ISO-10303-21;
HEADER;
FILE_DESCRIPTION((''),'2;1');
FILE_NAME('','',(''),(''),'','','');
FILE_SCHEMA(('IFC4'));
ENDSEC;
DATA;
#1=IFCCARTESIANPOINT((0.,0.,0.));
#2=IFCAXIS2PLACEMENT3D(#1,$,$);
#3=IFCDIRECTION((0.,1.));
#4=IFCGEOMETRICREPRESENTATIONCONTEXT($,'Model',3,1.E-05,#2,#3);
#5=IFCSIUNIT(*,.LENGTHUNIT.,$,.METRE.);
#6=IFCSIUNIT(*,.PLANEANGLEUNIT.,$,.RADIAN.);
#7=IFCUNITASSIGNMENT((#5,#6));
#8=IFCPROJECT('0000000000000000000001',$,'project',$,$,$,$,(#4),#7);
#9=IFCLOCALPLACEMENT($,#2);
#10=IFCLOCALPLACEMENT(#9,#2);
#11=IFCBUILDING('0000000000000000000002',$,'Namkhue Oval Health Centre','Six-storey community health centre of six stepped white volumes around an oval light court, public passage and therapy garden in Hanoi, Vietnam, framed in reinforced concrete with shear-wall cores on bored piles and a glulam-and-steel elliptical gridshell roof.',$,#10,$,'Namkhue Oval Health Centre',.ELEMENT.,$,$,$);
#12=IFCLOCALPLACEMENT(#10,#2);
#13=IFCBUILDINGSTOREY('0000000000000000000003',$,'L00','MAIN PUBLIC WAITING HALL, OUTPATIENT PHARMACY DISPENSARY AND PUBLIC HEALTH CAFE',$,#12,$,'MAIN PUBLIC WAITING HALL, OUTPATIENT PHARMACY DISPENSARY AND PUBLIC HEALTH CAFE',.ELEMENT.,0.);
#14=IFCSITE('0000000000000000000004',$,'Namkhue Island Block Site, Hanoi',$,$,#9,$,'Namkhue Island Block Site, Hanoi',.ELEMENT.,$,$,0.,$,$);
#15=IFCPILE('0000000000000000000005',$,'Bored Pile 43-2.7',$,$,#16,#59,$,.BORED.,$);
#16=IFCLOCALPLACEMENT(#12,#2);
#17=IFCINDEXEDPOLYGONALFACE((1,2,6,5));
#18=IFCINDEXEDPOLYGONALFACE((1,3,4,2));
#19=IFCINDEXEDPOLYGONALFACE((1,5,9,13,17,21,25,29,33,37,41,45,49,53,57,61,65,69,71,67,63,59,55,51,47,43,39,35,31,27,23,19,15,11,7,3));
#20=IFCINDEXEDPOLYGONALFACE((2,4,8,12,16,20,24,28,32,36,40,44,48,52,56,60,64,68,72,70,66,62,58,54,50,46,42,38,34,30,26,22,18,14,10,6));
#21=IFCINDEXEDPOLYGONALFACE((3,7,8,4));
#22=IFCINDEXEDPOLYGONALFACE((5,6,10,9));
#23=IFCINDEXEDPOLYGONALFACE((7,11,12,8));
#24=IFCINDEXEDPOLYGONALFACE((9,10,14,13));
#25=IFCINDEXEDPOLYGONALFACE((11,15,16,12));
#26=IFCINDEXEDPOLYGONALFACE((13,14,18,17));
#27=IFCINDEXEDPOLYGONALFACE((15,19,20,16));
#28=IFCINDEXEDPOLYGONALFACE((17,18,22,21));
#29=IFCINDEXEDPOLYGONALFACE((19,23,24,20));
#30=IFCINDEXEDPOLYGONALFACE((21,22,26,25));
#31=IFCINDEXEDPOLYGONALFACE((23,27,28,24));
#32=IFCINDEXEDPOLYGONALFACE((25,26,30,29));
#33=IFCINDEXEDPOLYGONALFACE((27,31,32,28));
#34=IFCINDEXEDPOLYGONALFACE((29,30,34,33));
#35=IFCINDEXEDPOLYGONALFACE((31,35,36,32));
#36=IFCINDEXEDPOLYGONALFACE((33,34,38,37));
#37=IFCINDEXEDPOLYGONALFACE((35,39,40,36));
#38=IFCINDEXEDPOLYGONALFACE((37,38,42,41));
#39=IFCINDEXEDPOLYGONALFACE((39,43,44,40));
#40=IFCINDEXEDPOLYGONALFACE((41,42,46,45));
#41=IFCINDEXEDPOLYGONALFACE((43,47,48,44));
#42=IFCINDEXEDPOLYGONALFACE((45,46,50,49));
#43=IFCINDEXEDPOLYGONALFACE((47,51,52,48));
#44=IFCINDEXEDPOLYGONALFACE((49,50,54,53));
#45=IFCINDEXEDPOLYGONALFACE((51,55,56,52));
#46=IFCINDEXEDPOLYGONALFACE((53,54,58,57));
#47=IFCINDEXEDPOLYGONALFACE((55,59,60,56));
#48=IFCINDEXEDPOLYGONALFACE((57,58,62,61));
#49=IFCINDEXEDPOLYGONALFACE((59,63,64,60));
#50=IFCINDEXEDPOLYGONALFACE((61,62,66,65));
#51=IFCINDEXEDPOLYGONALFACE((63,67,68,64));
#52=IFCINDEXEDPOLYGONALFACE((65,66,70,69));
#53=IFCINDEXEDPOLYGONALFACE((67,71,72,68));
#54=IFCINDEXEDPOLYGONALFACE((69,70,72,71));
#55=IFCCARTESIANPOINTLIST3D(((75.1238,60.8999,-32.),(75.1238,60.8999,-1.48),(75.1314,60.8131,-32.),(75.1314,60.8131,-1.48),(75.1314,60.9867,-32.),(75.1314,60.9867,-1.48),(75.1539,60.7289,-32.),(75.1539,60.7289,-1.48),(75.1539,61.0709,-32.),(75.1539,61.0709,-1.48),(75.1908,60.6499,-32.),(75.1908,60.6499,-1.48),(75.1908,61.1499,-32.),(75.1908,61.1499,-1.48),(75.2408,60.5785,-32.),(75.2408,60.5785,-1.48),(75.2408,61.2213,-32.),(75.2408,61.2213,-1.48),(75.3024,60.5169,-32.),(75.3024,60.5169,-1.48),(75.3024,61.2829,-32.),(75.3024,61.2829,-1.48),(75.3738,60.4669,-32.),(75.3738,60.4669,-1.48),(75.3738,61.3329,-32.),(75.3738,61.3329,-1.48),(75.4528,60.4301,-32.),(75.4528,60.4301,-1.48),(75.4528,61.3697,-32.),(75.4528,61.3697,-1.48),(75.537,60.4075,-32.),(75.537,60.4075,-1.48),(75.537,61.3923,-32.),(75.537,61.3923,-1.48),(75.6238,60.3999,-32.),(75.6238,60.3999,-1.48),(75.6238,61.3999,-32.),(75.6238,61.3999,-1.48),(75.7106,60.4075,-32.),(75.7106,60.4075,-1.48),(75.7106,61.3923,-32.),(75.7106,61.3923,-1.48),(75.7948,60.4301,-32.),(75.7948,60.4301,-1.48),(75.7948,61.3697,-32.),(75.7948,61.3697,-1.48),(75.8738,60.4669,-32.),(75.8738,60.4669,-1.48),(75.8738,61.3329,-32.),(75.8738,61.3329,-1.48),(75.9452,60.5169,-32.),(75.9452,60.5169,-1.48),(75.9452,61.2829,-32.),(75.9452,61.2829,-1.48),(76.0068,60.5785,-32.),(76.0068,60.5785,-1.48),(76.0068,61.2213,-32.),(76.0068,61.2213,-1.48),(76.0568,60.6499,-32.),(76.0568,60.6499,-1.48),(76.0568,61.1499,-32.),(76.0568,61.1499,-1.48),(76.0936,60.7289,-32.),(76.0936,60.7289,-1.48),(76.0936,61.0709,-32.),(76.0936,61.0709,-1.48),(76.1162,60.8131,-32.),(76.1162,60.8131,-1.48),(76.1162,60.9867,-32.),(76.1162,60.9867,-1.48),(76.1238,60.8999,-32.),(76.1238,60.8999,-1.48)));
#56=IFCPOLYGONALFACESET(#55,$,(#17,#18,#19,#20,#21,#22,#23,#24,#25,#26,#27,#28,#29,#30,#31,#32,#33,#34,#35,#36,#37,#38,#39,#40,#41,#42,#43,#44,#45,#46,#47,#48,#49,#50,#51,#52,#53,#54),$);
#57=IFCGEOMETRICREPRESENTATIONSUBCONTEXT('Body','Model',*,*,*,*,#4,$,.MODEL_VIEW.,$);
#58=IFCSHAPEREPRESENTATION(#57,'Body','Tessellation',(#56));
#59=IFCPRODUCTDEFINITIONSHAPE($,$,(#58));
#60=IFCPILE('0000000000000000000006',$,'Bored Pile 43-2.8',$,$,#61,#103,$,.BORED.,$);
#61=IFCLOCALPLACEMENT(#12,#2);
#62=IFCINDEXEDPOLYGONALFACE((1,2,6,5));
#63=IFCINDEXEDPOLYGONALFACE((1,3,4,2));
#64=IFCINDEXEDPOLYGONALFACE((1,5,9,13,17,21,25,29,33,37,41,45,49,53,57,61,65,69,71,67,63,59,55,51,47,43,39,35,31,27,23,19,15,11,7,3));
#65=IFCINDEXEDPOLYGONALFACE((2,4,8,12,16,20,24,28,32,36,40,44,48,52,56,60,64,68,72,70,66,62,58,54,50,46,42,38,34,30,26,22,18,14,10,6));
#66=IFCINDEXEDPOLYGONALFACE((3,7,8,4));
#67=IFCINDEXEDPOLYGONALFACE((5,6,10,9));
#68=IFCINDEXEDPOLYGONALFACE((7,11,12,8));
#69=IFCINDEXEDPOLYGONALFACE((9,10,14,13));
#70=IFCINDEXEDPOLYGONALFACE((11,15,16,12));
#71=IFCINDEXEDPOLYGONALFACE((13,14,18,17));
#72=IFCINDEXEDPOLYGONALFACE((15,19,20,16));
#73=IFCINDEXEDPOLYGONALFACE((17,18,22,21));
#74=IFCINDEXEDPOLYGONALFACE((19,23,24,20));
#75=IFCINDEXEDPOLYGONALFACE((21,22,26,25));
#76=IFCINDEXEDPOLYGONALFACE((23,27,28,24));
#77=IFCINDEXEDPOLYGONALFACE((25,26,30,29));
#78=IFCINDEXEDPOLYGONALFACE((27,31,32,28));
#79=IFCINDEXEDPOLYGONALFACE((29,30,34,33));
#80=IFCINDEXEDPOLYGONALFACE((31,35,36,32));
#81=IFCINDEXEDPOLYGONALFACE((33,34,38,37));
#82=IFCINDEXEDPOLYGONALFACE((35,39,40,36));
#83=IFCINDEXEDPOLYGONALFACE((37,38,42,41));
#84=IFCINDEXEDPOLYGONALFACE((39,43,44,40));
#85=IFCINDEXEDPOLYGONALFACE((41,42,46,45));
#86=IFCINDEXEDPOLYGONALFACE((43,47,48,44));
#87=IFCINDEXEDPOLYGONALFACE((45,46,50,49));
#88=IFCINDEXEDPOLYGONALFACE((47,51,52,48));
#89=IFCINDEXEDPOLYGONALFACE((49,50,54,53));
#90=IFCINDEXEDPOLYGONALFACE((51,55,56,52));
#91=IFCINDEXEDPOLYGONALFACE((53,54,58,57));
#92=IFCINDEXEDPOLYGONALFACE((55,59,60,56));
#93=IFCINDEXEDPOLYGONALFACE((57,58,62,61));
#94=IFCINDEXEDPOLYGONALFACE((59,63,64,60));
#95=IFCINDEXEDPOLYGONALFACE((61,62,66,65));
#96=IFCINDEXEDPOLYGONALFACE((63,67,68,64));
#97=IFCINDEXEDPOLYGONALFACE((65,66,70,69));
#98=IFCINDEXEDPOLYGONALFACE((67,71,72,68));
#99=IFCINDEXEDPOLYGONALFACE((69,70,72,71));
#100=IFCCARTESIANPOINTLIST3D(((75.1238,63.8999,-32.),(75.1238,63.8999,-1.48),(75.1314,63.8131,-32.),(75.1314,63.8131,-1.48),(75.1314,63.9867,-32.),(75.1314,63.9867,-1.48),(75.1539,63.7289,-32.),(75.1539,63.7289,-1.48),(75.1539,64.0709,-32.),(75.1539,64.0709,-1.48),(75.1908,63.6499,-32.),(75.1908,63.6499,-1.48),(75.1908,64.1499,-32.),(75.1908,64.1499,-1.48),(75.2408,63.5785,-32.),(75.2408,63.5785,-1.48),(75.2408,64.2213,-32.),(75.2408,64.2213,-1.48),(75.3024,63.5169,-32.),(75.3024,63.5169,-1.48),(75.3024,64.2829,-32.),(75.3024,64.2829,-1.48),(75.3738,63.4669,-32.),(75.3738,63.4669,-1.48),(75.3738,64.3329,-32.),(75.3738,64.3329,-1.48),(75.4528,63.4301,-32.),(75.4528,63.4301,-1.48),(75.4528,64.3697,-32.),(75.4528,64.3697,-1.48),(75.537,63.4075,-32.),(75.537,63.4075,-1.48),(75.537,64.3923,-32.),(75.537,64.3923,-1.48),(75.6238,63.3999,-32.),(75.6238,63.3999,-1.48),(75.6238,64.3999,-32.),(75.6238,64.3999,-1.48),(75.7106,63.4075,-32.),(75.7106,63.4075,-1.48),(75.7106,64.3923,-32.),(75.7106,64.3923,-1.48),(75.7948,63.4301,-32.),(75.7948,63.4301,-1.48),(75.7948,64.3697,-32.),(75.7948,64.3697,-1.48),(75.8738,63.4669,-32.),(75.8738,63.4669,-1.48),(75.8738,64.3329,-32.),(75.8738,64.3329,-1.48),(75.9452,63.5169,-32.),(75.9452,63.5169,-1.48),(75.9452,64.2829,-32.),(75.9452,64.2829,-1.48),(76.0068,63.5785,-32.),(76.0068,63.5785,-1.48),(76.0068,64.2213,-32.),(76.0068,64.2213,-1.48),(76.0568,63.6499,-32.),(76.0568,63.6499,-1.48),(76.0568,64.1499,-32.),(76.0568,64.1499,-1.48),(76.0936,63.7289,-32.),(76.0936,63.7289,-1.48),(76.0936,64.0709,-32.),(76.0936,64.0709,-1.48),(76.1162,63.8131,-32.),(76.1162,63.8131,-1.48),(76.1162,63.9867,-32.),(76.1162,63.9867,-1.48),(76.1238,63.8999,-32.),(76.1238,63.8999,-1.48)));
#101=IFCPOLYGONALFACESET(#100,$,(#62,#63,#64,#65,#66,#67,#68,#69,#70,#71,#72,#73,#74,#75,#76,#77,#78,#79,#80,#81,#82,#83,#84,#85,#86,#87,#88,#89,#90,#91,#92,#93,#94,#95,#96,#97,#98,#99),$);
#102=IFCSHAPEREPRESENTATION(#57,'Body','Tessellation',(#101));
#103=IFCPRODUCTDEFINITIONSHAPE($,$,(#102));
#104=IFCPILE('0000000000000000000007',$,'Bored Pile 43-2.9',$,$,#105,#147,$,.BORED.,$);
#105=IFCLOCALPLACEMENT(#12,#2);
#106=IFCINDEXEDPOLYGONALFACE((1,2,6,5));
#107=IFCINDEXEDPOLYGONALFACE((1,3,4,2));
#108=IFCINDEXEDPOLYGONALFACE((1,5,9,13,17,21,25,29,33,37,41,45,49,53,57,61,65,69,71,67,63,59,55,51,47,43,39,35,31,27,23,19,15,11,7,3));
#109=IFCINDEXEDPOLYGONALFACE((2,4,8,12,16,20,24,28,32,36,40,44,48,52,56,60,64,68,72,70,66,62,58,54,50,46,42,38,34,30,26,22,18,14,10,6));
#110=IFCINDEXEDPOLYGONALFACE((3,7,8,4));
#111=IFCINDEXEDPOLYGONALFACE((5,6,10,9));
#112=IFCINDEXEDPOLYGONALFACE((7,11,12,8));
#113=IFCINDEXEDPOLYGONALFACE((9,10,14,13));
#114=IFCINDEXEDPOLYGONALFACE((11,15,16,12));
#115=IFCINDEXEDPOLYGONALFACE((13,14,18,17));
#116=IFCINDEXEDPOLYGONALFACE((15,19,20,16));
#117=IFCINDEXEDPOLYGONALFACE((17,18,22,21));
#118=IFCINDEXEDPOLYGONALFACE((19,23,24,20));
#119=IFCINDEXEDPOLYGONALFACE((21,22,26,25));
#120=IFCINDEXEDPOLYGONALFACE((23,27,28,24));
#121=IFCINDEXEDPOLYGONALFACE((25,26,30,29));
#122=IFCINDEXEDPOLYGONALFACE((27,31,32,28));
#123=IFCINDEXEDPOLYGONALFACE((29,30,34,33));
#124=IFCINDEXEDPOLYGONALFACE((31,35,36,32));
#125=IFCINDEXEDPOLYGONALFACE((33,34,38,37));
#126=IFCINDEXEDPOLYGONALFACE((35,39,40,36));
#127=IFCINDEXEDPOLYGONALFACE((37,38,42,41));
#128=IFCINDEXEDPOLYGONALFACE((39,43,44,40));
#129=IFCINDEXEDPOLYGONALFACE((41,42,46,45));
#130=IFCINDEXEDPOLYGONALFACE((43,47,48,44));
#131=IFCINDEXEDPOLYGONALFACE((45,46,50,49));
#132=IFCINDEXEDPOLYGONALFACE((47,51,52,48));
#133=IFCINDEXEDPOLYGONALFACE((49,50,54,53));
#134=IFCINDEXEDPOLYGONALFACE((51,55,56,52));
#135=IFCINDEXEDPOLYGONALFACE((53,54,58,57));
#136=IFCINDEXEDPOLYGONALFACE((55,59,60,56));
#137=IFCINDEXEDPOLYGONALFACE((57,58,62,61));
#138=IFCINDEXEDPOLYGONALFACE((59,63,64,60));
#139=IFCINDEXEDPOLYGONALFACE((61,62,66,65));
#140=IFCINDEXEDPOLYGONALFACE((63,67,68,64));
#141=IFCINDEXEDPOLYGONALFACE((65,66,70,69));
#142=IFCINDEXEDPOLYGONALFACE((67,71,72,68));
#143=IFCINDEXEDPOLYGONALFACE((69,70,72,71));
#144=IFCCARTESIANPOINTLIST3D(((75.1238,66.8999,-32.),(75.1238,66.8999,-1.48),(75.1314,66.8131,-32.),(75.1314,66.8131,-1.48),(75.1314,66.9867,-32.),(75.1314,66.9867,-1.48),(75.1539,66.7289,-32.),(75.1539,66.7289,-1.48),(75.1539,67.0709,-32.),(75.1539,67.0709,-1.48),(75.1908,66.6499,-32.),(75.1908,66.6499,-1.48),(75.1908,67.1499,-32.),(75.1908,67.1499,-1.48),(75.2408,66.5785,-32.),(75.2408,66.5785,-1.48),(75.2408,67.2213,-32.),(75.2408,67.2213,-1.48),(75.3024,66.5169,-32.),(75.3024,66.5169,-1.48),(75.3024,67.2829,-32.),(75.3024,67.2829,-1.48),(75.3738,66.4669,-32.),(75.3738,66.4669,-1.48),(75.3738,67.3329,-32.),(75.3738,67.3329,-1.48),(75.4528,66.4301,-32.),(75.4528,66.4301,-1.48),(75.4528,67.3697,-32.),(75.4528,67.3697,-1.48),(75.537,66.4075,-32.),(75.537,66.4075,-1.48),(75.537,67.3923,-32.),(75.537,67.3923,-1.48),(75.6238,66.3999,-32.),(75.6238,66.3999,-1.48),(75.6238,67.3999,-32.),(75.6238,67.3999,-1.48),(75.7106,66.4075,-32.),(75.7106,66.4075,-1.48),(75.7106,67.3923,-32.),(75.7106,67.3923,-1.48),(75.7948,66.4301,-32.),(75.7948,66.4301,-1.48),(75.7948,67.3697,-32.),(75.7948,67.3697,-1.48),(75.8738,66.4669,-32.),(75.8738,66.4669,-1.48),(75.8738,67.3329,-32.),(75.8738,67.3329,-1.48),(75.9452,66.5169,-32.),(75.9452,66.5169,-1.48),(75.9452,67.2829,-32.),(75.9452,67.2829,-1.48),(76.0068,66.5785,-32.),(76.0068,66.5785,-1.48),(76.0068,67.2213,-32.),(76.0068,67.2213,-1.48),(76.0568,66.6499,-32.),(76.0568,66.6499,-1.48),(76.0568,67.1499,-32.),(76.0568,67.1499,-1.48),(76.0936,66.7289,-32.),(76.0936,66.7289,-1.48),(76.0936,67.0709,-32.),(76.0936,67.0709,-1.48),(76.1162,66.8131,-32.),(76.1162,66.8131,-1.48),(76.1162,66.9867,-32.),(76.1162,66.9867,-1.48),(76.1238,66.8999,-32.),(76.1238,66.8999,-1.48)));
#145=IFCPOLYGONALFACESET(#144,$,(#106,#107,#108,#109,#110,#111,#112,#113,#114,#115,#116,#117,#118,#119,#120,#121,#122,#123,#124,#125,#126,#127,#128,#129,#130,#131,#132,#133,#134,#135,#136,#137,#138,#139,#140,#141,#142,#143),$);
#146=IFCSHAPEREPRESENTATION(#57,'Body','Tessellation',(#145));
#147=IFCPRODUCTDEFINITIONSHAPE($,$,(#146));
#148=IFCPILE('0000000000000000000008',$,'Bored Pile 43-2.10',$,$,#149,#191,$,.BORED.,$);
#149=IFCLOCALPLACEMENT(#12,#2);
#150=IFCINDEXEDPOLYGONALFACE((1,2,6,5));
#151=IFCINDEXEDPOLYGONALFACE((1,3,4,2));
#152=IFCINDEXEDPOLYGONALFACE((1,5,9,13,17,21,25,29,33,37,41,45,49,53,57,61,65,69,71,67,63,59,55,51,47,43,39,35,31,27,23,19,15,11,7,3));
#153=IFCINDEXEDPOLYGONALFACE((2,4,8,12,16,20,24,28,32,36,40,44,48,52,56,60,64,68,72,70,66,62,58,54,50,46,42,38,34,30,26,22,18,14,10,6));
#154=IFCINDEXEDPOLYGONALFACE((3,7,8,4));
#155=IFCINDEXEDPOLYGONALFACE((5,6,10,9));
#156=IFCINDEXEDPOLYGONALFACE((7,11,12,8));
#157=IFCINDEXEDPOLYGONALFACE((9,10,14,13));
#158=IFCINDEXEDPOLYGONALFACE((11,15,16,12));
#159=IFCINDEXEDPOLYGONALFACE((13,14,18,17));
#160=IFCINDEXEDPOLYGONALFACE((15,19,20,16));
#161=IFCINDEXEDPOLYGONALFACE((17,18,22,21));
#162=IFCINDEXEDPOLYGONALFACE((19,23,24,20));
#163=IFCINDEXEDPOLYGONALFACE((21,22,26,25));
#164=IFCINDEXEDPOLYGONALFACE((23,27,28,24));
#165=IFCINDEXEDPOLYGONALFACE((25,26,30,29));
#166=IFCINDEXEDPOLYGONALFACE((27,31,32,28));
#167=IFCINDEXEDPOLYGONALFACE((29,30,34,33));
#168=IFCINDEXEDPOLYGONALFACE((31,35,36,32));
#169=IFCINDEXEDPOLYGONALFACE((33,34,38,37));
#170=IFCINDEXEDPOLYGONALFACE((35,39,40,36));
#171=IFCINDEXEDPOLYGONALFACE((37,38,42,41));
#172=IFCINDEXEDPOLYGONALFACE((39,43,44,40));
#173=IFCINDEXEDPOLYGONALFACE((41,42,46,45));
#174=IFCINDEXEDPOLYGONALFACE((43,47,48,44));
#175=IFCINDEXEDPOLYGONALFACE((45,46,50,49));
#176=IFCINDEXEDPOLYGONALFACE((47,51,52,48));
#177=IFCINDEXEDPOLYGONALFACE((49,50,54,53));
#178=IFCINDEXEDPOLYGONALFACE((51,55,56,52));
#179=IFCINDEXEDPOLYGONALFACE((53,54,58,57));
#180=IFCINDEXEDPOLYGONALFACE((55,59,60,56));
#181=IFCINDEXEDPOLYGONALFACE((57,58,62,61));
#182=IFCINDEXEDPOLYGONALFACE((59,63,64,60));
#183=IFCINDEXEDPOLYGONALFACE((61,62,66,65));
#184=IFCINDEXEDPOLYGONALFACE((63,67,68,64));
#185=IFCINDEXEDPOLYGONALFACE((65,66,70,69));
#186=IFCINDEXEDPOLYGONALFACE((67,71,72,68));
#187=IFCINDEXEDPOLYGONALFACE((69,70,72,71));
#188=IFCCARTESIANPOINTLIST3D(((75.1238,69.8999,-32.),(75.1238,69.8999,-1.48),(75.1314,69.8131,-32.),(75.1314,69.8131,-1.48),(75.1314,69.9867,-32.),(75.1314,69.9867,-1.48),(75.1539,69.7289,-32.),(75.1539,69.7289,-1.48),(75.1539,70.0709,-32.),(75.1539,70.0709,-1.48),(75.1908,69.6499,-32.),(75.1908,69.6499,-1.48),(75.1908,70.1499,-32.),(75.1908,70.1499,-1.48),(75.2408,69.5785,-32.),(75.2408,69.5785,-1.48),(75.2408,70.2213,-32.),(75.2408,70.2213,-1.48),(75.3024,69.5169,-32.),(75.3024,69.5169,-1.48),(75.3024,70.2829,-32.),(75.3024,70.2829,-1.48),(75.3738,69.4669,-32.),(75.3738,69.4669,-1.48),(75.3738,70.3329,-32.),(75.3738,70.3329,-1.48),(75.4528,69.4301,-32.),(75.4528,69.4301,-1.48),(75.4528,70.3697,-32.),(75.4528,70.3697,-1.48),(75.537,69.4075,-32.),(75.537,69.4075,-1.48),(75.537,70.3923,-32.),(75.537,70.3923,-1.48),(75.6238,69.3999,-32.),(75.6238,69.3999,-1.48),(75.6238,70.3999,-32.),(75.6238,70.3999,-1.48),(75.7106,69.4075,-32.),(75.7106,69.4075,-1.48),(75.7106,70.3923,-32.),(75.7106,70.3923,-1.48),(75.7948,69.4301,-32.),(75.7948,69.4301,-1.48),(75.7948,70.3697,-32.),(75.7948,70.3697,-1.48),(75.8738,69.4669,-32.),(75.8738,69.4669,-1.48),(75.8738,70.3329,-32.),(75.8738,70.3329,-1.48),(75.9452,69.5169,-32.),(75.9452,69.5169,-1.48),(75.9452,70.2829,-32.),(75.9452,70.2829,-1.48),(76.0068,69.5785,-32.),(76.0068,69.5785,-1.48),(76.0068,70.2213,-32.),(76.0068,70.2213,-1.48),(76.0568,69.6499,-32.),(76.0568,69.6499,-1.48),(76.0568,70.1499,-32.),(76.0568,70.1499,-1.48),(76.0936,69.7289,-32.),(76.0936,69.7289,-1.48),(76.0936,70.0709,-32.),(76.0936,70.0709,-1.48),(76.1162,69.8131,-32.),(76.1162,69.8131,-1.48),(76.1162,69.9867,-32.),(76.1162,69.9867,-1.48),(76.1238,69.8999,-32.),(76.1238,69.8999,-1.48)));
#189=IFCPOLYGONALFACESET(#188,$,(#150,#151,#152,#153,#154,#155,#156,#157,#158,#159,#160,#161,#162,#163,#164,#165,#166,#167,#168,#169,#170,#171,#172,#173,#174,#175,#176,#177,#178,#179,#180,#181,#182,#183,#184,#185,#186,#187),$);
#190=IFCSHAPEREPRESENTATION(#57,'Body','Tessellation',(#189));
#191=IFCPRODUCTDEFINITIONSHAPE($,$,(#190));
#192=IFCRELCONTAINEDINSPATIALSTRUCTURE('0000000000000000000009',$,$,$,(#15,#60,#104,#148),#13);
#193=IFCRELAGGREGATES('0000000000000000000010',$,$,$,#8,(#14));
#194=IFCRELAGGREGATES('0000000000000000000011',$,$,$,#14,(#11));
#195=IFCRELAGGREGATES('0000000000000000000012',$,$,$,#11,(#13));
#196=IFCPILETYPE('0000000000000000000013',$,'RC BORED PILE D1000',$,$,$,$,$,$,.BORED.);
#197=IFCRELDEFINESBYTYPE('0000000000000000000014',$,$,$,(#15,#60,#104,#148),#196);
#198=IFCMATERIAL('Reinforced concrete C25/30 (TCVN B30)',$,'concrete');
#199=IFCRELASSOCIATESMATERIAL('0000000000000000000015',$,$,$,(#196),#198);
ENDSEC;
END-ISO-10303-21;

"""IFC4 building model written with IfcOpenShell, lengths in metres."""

from ifc_helpers import new_model, si_unit, direction, frame, origin, origin_2d, place, context, subcontext, project, spatial, circle, extrude, material, material_profile, profile_set, type_object, element, save


model = new_model("IFC4")

# Units and contexts
model_context = context("Model", 3, precision=1e-05, world=origin(), true_north=direction((0.0, 1.0)))
body_context = subcontext(model_context, "Body", "Model", "MODEL_VIEW")
ifc_project = project(units=[si_unit("LENGTHUNIT", "METRE"), si_unit("PLANEANGLEUNIT", "RADIAN")], contexts=[model_context])

# Site, building, storey
site_placement = place(None, origin())
site = spatial("IfcSite", under=ifc_project, at=site_placement, Name="Namkhue Island Block Site, Hanoi", LongName="Namkhue Island Block Site, Hanoi", CompositionType="ELEMENT", RefElevation=0.0)
building_placement = place(site_placement, origin())
building = spatial("IfcBuilding", under=site, at=building_placement, Name="Namkhue Oval Health Centre", Description="Six-storey community health centre of six stepped white volumes around an oval light court, public passage and therapy garden in Hanoi, Vietnam, framed in reinforced concrete with shear-wall cores on bored piles and a glulam-and-steel elliptical gridshell roof.", LongName="Namkhue Oval Health Centre", CompositionType="ELEMENT")
storey_placement = place(building_placement, origin())
storey = spatial("IfcBuildingStorey", under=building, at=storey_placement, Name="L00", Description="MAIN PUBLIC WAITING HALL, OUTPATIENT PHARMACY DISPENSARY AND PUBLIC HEALTH CAFE", LongName="MAIN PUBLIC WAITING HALL, OUTPATIENT PHARMACY DISPENSARY AND PUBLIC HEALTH CAFE", CompositionType="ELEMENT", Elevation=0.0)

# Piles
ifc_material_1 = material(Name="Reinforced concrete C25/30 (TCVN B30)", Category="concrete")
ifc_material_profile_1 = material_profile(ifc_material_1, circle(Radius=0.5, at=origin_2d()), Name="BORED PILE D1000")
ifc_profile_set_1 = profile_set([ifc_material_profile_1], Name="Reinforced concrete C25/30 (TCVN B30)")
pile_type = type_object("IfcPileType", Name="RC BORED PILE D1000", PredefinedType="BORED", material=ifc_profile_set_1)
for number, where, z_axis, x_axis, name in (
    (1, (75.6238, 60.8999, -1.48), (0.0, 0.0, -1.0), (1.0, 0.0, 0.0), "Bored Pile 43-2.7"),
    (2, (75.6238, 63.8999, -1.48), (0.0, 0.0, -1.0), (1.0, 0.0, 0.0), "Bored Pile 43-2.8"),
    (3, (75.6238, 66.8999, -1.48), (0.0, 0.0, -1.0), (1.0, 0.0, 0.0), "Bored Pile 43-2.9"),
    (4, (75.6238, 69.8999, -1.48), (0.0, 0.0, -1.0), (1.0, 0.0, 0.0), "Bored Pile 43-2.10"),
):
    element("IfcPile", number, at=place(storey_placement, frame(where, z_axis=z_axis, x_axis=x_axis)), inside=storey, type_object=pile_type, Name=name, PredefinedType="BORED", context=body_context, shape_type="SweptSolid", body=[
        extrude(circle(Radius=0.5, at=origin_2d()), origin(), (0.0, 0.0, 1.0), 30.52),
    ])

save(model, "model.ifc")
